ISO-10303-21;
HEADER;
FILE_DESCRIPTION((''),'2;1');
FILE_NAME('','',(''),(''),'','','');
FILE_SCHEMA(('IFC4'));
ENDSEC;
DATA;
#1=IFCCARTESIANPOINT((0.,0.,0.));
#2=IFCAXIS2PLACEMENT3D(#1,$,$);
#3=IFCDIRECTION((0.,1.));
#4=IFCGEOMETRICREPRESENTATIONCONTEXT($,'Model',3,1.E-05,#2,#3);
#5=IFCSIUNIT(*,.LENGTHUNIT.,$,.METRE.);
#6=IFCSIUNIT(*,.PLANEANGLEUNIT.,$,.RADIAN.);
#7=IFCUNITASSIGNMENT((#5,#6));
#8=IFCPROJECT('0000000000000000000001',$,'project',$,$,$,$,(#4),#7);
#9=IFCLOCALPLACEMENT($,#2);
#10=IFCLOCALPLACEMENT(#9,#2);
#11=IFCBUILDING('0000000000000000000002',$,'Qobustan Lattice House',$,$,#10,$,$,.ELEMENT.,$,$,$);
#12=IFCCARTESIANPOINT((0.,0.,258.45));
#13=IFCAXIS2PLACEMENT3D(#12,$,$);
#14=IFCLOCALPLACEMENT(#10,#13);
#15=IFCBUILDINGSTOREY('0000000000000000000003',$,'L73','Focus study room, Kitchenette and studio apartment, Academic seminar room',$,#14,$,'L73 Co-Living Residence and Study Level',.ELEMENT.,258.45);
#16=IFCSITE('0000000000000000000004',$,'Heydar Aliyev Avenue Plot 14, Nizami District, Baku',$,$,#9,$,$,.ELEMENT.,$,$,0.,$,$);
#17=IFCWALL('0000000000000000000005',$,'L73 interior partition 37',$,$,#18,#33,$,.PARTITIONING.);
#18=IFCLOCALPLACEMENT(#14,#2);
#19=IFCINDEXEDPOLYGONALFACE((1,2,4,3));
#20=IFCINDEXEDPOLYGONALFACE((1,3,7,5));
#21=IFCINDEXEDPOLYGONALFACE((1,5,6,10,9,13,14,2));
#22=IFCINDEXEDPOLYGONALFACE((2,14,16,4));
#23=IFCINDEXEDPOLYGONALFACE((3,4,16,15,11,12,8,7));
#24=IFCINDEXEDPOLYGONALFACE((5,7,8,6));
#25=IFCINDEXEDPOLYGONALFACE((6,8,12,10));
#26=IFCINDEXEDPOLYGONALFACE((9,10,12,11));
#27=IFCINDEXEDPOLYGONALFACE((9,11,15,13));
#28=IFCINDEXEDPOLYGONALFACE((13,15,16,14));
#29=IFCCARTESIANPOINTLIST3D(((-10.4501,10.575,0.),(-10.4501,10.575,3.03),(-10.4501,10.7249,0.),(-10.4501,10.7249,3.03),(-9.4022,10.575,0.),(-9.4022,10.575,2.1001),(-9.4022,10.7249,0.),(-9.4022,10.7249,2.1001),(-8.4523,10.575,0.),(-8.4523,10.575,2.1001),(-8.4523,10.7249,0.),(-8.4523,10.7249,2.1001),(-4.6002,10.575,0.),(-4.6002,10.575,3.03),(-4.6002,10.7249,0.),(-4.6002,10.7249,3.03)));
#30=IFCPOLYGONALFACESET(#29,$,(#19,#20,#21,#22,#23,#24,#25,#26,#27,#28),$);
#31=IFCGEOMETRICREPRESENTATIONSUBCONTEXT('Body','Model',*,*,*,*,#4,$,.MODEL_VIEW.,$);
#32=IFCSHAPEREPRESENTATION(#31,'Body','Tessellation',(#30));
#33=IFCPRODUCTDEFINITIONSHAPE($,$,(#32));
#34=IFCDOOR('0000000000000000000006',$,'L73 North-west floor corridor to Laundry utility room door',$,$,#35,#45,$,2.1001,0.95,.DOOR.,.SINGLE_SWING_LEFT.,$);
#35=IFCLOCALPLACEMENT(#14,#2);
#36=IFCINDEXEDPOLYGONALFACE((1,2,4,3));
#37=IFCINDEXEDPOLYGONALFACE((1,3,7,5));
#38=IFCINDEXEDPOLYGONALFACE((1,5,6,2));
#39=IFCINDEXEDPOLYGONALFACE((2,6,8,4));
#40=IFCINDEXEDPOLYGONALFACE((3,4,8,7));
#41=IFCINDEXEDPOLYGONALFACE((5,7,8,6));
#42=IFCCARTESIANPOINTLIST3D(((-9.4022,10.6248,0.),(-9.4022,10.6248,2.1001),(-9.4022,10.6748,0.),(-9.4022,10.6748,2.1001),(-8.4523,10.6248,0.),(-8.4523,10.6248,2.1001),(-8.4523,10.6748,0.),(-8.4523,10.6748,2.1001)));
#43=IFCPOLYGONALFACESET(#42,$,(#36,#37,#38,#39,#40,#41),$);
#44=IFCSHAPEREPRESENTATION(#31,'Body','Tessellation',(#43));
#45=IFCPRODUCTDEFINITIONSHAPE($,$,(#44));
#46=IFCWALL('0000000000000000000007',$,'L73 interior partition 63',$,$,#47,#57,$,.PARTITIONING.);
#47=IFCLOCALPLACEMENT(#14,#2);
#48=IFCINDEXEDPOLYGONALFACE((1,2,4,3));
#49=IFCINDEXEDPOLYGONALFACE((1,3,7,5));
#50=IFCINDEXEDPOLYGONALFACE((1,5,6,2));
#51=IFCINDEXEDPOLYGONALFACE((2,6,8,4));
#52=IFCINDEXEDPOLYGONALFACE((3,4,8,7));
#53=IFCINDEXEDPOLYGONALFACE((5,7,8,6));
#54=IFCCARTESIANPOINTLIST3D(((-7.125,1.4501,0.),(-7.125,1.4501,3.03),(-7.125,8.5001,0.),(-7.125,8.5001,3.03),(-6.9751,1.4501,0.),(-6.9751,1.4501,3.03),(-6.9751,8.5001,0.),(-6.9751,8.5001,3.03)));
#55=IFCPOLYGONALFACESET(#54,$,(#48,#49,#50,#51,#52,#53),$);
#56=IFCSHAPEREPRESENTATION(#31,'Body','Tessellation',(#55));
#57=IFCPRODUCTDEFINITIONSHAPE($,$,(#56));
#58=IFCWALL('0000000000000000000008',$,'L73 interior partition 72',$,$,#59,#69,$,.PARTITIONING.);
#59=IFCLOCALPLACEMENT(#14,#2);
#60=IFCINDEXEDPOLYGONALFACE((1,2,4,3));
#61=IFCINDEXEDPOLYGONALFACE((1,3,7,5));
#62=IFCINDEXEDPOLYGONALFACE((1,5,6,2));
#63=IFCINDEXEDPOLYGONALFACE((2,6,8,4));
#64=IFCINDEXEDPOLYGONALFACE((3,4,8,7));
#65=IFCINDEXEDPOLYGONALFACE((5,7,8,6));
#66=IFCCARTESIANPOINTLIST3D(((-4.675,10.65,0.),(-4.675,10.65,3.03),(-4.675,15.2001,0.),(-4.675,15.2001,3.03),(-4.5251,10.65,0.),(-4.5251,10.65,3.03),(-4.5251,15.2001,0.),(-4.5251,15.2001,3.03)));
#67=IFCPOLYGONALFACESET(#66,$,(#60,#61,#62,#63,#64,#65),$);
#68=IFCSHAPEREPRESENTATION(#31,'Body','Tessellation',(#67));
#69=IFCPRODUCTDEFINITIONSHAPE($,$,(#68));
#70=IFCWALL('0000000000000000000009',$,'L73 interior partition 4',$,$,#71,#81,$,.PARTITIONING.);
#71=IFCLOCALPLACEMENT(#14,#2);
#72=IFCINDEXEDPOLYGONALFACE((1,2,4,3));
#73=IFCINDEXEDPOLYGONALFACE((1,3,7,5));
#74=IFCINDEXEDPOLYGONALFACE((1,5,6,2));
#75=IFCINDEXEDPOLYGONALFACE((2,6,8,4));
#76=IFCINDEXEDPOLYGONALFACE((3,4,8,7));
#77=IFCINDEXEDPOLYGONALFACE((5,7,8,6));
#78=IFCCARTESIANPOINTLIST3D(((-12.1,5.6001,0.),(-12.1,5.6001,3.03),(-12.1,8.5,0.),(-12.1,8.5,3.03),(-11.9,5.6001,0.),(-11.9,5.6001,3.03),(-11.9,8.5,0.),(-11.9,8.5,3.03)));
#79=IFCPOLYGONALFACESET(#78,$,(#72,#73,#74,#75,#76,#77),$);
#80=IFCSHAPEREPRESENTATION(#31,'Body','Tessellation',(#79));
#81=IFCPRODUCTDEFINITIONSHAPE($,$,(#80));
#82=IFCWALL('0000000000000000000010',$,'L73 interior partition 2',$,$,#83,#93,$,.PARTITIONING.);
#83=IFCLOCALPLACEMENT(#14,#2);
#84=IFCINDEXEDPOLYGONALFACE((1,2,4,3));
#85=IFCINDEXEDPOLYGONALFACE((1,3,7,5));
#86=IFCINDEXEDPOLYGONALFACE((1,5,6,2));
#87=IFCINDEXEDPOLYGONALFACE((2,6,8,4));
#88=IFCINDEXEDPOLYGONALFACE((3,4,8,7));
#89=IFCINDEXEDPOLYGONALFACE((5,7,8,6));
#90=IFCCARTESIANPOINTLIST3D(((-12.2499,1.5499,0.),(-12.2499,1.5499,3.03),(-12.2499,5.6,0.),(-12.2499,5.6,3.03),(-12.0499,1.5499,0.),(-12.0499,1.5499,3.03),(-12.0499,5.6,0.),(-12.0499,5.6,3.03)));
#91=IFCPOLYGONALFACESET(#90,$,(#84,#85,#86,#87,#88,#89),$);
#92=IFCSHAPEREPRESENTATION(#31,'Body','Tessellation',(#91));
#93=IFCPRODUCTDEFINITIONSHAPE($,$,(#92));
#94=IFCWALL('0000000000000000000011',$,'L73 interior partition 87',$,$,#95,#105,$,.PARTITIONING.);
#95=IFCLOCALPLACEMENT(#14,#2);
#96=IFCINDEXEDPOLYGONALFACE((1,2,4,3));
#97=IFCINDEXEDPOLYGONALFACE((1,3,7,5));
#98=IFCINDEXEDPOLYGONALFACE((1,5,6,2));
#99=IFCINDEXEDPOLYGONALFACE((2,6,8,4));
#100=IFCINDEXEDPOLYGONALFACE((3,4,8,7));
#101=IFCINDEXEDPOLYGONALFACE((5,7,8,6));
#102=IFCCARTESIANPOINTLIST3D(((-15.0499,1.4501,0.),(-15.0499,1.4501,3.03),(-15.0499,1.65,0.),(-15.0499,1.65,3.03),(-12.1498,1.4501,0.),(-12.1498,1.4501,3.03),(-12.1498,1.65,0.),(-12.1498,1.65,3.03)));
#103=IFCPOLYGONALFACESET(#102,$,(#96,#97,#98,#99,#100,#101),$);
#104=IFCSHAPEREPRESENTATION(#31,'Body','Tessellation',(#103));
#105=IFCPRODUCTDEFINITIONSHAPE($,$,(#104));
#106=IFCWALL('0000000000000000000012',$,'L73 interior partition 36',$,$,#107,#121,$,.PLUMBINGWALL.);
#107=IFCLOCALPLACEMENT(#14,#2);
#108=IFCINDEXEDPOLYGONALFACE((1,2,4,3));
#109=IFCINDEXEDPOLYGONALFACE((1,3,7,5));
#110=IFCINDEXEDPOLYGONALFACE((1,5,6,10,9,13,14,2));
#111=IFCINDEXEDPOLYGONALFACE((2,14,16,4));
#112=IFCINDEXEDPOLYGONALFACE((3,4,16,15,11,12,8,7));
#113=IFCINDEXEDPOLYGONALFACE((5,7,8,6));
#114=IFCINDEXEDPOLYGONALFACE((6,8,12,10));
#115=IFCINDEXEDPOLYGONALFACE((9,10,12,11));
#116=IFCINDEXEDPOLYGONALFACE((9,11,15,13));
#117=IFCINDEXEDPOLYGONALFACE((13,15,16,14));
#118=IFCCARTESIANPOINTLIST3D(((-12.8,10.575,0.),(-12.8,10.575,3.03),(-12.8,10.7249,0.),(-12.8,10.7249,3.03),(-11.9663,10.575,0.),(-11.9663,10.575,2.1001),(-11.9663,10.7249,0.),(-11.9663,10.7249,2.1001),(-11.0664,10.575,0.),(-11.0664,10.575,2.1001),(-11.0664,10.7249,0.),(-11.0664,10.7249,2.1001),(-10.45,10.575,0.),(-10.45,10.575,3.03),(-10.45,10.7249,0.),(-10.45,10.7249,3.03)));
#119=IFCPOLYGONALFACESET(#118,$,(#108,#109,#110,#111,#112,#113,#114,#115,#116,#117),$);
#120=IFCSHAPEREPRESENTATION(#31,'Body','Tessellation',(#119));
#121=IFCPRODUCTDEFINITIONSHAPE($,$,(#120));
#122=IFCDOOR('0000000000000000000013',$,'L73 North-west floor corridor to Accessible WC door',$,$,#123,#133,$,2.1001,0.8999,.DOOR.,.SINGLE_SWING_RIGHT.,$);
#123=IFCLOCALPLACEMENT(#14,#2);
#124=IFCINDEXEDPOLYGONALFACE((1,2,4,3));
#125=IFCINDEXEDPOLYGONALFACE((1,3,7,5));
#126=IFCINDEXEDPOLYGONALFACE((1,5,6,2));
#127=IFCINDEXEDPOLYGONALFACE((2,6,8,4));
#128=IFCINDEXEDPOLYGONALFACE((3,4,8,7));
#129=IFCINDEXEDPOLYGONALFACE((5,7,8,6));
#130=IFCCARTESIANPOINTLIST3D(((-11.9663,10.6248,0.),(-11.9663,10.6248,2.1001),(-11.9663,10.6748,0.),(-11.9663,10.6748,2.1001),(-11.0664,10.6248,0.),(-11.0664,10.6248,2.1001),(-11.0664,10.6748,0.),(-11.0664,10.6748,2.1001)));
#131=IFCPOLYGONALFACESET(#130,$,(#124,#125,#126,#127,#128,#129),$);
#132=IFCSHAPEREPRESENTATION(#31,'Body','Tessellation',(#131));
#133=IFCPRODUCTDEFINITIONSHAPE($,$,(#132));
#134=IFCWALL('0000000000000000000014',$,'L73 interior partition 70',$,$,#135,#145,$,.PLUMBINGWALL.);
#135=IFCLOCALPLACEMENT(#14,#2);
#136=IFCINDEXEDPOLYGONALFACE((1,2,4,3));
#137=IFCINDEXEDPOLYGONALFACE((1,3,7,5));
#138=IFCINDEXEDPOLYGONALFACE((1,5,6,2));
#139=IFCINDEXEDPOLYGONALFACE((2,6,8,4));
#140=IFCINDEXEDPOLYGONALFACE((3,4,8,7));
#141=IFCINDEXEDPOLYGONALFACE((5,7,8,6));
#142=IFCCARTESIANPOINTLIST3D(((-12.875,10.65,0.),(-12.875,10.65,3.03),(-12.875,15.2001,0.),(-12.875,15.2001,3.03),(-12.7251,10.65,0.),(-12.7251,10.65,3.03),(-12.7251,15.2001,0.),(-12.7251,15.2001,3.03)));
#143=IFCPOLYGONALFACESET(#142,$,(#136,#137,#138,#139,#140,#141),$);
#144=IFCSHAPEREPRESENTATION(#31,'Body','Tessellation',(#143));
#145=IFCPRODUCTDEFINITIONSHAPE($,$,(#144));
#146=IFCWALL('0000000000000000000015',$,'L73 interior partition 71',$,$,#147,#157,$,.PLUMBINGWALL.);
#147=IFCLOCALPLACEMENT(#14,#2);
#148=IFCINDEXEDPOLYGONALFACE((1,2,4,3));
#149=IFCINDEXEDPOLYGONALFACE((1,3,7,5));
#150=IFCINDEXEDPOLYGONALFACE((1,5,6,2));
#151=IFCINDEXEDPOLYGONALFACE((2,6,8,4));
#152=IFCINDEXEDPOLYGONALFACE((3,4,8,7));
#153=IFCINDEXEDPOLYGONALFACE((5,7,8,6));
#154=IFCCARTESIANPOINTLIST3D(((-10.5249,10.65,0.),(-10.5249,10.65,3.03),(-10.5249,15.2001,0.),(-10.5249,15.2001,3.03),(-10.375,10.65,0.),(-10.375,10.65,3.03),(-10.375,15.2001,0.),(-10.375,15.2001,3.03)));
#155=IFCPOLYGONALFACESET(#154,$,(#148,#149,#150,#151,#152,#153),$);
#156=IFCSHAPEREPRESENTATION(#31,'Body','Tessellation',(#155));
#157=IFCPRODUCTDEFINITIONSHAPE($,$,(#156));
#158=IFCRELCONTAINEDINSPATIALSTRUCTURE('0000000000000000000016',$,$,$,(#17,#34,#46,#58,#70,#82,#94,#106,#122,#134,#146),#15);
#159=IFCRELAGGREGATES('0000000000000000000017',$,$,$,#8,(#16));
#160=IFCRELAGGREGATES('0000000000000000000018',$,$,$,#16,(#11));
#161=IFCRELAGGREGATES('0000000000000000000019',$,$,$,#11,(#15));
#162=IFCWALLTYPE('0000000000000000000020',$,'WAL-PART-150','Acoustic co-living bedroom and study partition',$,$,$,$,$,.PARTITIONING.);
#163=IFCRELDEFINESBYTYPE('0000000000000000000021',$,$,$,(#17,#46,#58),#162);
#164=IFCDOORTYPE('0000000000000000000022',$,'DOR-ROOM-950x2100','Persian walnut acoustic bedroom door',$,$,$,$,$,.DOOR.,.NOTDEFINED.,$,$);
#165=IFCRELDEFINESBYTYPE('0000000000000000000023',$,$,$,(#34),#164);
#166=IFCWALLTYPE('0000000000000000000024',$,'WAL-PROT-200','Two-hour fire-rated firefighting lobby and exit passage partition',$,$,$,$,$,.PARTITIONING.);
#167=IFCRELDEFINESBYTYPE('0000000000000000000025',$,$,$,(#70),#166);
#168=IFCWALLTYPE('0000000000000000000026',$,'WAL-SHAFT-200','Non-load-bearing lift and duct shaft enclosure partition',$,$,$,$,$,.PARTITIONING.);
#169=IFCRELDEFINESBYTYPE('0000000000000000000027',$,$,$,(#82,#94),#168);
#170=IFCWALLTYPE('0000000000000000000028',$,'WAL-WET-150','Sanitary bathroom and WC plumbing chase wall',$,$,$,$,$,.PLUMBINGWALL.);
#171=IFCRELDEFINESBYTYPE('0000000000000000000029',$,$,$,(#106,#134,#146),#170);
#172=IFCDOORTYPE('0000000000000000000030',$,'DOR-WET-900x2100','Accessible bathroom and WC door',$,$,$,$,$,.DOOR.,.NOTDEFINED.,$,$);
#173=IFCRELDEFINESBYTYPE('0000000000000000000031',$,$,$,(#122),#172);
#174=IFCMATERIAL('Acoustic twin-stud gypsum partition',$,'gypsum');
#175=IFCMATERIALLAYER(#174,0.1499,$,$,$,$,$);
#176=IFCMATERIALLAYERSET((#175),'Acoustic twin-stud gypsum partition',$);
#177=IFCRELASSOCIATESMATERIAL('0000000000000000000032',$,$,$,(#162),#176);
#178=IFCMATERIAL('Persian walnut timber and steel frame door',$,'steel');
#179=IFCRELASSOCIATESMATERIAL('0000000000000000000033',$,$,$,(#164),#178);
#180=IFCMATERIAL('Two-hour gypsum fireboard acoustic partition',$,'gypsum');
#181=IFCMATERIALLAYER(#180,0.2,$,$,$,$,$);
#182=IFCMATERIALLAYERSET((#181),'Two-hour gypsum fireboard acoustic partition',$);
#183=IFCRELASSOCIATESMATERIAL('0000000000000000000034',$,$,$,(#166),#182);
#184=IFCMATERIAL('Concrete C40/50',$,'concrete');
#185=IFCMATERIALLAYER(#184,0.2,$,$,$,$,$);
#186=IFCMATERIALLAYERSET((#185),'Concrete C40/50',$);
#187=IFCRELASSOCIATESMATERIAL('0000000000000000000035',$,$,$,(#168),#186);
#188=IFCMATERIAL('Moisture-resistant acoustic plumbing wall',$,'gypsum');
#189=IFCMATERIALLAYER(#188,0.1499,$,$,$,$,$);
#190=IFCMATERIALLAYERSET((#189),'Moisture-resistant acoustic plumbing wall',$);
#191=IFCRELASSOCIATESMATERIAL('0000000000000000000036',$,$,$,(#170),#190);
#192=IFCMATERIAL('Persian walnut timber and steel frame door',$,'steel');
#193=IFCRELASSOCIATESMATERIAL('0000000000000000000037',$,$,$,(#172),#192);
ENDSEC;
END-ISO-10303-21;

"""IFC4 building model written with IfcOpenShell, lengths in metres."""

from ifc_helpers import new_model, si_unit, direction, frame, frame_2d, origin, place, context, subcontext, project, spatial, rectangle, extrude, material, layer, layer_set, type_object, element, fill, save


model = new_model("IFC4")

# Units and contexts
model_context = context("Model", 3, precision=1e-05, world=origin(), true_north=direction((0.0, 1.0)))
body_context = subcontext(model_context, "Body", "Model", "MODEL_VIEW")
ifc_project = project(units=[si_unit("LENGTHUNIT", "METRE"), si_unit("PLANEANGLEUNIT", "RADIAN")], contexts=[model_context])

# Site, building, storey
site_placement = place(None, origin())
site = spatial("IfcSite", under=ifc_project, at=site_placement, Name="Heydar Aliyev Avenue Plot 14, Nizami District, Baku", CompositionType="ELEMENT", RefElevation=0.0)
building_placement = place(site_placement, origin())
building = spatial("IfcBuilding", under=site, at=building_placement, Name="Qobustan Lattice House", CompositionType="ELEMENT")
storey_placement = place(building_placement, frame((0.0, 0.0, 258.45)))
storey = spatial("IfcBuildingStorey", under=building, at=storey_placement, Name="L73", Description="Focus study room, Kitchenette and studio apartment, Academic seminar room", LongName="L73 Co-Living Residence and Study Level", CompositionType="ELEMENT", Elevation=258.45)

# Wall, opening, door
ifc_material_1 = material(Name="Acoustic twin-stud gypsum partition", Category="gypsum")
ifc_layer_1 = layer(ifc_material_1, 0.1499)
ifc_layer_set_1 = layer_set([ifc_layer_1], Name="Acoustic twin-stud gypsum partition")
wall_type_1 = type_object("IfcWallType", Name="WAL-PART-150", Description="Acoustic co-living bedroom and study partition", PredefinedType="PARTITIONING", material=ifc_layer_set_1)
wall_1_placement = place(storey_placement, frame((-10.45, 10.6499, 0.0), z_axis=(0.0, 0.0, 1.0), x_axis=(1.0, 0.0, 0.0)))
wall_1 = element("IfcWall", 1, at=wall_1_placement, inside=storey, type_object=wall_type_1, Name="L73 interior partition 37", PredefinedType="PARTITIONING", context=body_context, shape_type="SweptSolid", body=[
    extrude(rectangle(XDim=5.8499, YDim=0.1499, at=frame_2d((2.9248, 0.0))), origin(), (0.0, 0.0, 1.0), 3.03),
])
opening_1_placement = place(wall_1_placement, frame((1.0476, 0.0, 0.0)))
opening_1 = element("IfcOpeningElement", 2, at=opening_1_placement, cuts=wall_1, PredefinedType="OPENING", context=body_context, shape_type="SweptSolid", body=[
    extrude(rectangle(XDim=0.95, YDim=2.1001, at=frame_2d((0.4751, 1.05))), frame((0.0, 0.085, 0.0), z_axis=(0.0, -1.0, 0.0), x_axis=(1.0, 0.0, 0.0)), (0.0, 0.0, 1.0), 0.1699),
])
ifc_material_2 = material(Name="Persian walnut timber and steel frame door", Category="steel")
door_type_1 = type_object("IfcDoorType", Name="DOR-ROOM-950x2100", Description="Persian walnut acoustic bedroom door", OperationType="NOTDEFINED", PredefinedType="DOOR", material=ifc_material_2)
door_1_placement = place(opening_1_placement, origin())
door_1 = element("IfcDoor", 3, at=door_1_placement, inside=storey, type_object=door_type_1, Name="L73 North-west floor corridor to Laundry utility room door", OperationType="SINGLE_SWING_LEFT", OverallHeight=2.1001, OverallWidth=0.95, PredefinedType="DOOR", context=body_context, shape_type="SweptSolid", body=[
    extrude(rectangle(XDim=0.95, YDim=2.1001, at=frame_2d((0.4751, 1.05))), frame((0.0, 0.0249, 0.0), z_axis=(0.0, -1.0, 0.0), x_axis=(1.0, 0.0, 0.0)), (0.0, 0.0, 1.0), 0.05),
])
fill(opening_1, door_1)

# Walls
wall_2_placement = place(storey_placement, frame((-7.05, 8.5, 0.0), z_axis=(0.0, 0.0, 1.0), x_axis=(0.0, -1.0, 0.0)))
element("IfcWall", 4, at=wall_2_placement, inside=storey, type_object=wall_type_1, Name="L73 interior partition 63", PredefinedType="PARTITIONING", context=body_context, shape_type="SweptSolid", body=[
    extrude(rectangle(XDim=7.05, YDim=0.1499, at=frame_2d((3.5249, 0.0))), origin(), (0.0, 0.0, 1.0), 3.03),
])
wall_3_placement = place(storey_placement, frame((-4.6001, 15.2, 0.0), z_axis=(0.0, 0.0, 1.0), x_axis=(0.0, -1.0, 0.0)))
element("IfcWall", 5, at=wall_3_placement, inside=storey, type_object=wall_type_1, Name="L73 interior partition 72", PredefinedType="PARTITIONING", context=body_context, shape_type="SweptSolid", body=[
    extrude(rectangle(XDim=4.55, YDim=0.1499, at=frame_2d((2.2749, 0.0))), origin(), (0.0, 0.0, 1.0), 3.03),
])

# Shared definitions
ifc_material_3 = material(Name="Two-hour gypsum fireboard acoustic partition", Category="gypsum")
ifc_layer_2 = layer(ifc_material_3, 0.2)
ifc_layer_set_2 = layer_set([ifc_layer_2], Name="Two-hour gypsum fireboard acoustic partition")
wall_type_2 = type_object("IfcWallType", Name="WAL-PROT-200", Description="Two-hour fire-rated firefighting lobby and exit passage partition", PredefinedType="PARTITIONING", material=ifc_layer_set_2)

# Walls
wall_4_placement = place(storey_placement, frame((-12.0, 5.6001, 0.0), z_axis=(0.0, 0.0, 1.0), x_axis=(0.0, 1.0, 0.0)))
element("IfcWall", 6, at=wall_4_placement, inside=storey, type_object=wall_type_2, Name="L73 interior partition 4", PredefinedType="PARTITIONING", context=body_context, shape_type="SweptSolid", body=[
    extrude(rectangle(XDim=2.8999, YDim=0.2, at=frame_2d((1.45, 0.0))), origin(), (0.0, 0.0, 1.0), 3.03),
])
ifc_material_4 = material(Name="Concrete C40/50", Category="concrete")
ifc_layer_3 = layer(ifc_material_4, 0.2)
ifc_layer_set_3 = layer_set([ifc_layer_3], Name="Concrete C40/50")
wall_type_3 = type_object("IfcWallType", Name="WAL-SHAFT-200", Description="Non-load-bearing lift and duct shaft enclosure partition", PredefinedType="PARTITIONING", material=ifc_layer_set_3)
wall_5_placement = place(storey_placement, frame((-12.1499, 1.55, 0.0), z_axis=(0.0, 0.0, 1.0), x_axis=(0.0, 1.0, 0.0)))
element("IfcWall", 7, at=wall_5_placement, inside=storey, type_object=wall_type_3, Name="L73 interior partition 2", PredefinedType="PARTITIONING", context=body_context, shape_type="SweptSolid", body=[
    extrude(rectangle(XDim=4.05, YDim=0.2, at=frame_2d((2.0249, 0.0))), origin(), (0.0, 0.0, 1.0), 3.03),
])
wall_6_placement = place(storey_placement, frame((-15.05, 1.55, 0.0), z_axis=(0.0, 0.0, 1.0), x_axis=(1.0, 0.0, 0.0)))
element("IfcWall", 8, at=wall_6_placement, inside=storey, type_object=wall_type_3, Name="L73 interior partition 87", PredefinedType="PARTITIONING", context=body_context, shape_type="SweptSolid", body=[
    extrude(rectangle(XDim=2.9001, YDim=0.2, at=frame_2d((1.4502, 0.0))), origin(), (0.0, 0.0, 1.0), 3.03),
])

# Wall, opening, door
ifc_material_5 = material(Name="Moisture-resistant acoustic plumbing wall", Category="gypsum")
ifc_layer_4 = layer(ifc_material_5, 0.1499)
ifc_layer_set_4 = layer_set([ifc_layer_4], Name="Moisture-resistant acoustic plumbing wall")
wall_type_4 = type_object("IfcWallType", Name="WAL-WET-150", Description="Sanitary bathroom and WC plumbing chase wall", PredefinedType="PLUMBINGWALL", material=ifc_layer_set_4)
wall_7_placement = place(storey_placement, frame((-12.8, 10.6499, 0.0), z_axis=(0.0, 0.0, 1.0), x_axis=(1.0, 0.0, 0.0)))
wall_7 = element("IfcWall", 9, at=wall_7_placement, inside=storey, type_object=wall_type_4, Name="L73 interior partition 36", PredefinedType="PLUMBINGWALL", context=body_context, shape_type="SweptSolid", body=[
    extrude(rectangle(XDim=2.3501, YDim=0.1499, at=frame_2d((1.175, 0.0))), origin(), (0.0, 0.0, 1.0), 3.03),
])
opening_2_placement = place(wall_7_placement, frame((0.8337, 0.0, 0.0)))
opening_2 = element("IfcOpeningElement", 10, at=opening_2_placement, cuts=wall_7, PredefinedType="OPENING", context=body_context, shape_type="SweptSolid", body=[
    extrude(rectangle(XDim=0.8999, YDim=2.1001, at=frame_2d((0.45, 1.05))), frame((0.0, 0.085, 0.0), z_axis=(0.0, -1.0, 0.0), x_axis=(1.0, 0.0, 0.0)), (0.0, 0.0, 1.0), 0.1699),
])
ifc_material_6 = material(Name="Persian walnut timber and steel frame door", Category="steel")
door_type_2 = type_object("IfcDoorType", Name="DOR-WET-900x2100", Description="Accessible bathroom and WC door", OperationType="NOTDEFINED", PredefinedType="DOOR", material=ifc_material_6)
door_2_placement = place(opening_2_placement, origin())
door_2 = element("IfcDoor", 11, at=door_2_placement, inside=storey, type_object=door_type_2, Name="L73 North-west floor corridor to Accessible WC door", OperationType="SINGLE_SWING_RIGHT", OverallHeight=2.1001, OverallWidth=0.8999, PredefinedType="DOOR", context=body_context, shape_type="SweptSolid", body=[
    extrude(rectangle(XDim=0.8999, YDim=2.1001, at=frame_2d((0.45, 1.05))), frame((0.0, 0.0249, 0.0), z_axis=(0.0, -1.0, 0.0), x_axis=(1.0, 0.0, 0.0)), (0.0, 0.0, 1.0), 0.05),
])
fill(opening_2, door_2)

# Walls
for number, where, z_axis, x_axis, name in (
    (12, (-12.8, 15.2, 0.0), (0.0, 0.0, 1.0), (0.0, -1.0, 0.0), "L73 interior partition 70"),
    (13, (-10.45, 15.2, 0.0), (0.0, 0.0, 1.0), (0.0, -1.0, 0.0), "L73 interior partition 71"),
):
    element("IfcWall", number, at=place(storey_placement, frame(where, z_axis=z_axis, x_axis=x_axis)), inside=storey, type_object=wall_type_4, Name=name, PredefinedType="PLUMBINGWALL", context=body_context, shape_type="SweptSolid", body=[
        extrude(rectangle(XDim=4.55, YDim=0.1499, at=frame_2d((2.2749, 0.0))), origin(), (0.0, 0.0, 1.0), 3.03),
    ])

save(model, "model.ifc")
